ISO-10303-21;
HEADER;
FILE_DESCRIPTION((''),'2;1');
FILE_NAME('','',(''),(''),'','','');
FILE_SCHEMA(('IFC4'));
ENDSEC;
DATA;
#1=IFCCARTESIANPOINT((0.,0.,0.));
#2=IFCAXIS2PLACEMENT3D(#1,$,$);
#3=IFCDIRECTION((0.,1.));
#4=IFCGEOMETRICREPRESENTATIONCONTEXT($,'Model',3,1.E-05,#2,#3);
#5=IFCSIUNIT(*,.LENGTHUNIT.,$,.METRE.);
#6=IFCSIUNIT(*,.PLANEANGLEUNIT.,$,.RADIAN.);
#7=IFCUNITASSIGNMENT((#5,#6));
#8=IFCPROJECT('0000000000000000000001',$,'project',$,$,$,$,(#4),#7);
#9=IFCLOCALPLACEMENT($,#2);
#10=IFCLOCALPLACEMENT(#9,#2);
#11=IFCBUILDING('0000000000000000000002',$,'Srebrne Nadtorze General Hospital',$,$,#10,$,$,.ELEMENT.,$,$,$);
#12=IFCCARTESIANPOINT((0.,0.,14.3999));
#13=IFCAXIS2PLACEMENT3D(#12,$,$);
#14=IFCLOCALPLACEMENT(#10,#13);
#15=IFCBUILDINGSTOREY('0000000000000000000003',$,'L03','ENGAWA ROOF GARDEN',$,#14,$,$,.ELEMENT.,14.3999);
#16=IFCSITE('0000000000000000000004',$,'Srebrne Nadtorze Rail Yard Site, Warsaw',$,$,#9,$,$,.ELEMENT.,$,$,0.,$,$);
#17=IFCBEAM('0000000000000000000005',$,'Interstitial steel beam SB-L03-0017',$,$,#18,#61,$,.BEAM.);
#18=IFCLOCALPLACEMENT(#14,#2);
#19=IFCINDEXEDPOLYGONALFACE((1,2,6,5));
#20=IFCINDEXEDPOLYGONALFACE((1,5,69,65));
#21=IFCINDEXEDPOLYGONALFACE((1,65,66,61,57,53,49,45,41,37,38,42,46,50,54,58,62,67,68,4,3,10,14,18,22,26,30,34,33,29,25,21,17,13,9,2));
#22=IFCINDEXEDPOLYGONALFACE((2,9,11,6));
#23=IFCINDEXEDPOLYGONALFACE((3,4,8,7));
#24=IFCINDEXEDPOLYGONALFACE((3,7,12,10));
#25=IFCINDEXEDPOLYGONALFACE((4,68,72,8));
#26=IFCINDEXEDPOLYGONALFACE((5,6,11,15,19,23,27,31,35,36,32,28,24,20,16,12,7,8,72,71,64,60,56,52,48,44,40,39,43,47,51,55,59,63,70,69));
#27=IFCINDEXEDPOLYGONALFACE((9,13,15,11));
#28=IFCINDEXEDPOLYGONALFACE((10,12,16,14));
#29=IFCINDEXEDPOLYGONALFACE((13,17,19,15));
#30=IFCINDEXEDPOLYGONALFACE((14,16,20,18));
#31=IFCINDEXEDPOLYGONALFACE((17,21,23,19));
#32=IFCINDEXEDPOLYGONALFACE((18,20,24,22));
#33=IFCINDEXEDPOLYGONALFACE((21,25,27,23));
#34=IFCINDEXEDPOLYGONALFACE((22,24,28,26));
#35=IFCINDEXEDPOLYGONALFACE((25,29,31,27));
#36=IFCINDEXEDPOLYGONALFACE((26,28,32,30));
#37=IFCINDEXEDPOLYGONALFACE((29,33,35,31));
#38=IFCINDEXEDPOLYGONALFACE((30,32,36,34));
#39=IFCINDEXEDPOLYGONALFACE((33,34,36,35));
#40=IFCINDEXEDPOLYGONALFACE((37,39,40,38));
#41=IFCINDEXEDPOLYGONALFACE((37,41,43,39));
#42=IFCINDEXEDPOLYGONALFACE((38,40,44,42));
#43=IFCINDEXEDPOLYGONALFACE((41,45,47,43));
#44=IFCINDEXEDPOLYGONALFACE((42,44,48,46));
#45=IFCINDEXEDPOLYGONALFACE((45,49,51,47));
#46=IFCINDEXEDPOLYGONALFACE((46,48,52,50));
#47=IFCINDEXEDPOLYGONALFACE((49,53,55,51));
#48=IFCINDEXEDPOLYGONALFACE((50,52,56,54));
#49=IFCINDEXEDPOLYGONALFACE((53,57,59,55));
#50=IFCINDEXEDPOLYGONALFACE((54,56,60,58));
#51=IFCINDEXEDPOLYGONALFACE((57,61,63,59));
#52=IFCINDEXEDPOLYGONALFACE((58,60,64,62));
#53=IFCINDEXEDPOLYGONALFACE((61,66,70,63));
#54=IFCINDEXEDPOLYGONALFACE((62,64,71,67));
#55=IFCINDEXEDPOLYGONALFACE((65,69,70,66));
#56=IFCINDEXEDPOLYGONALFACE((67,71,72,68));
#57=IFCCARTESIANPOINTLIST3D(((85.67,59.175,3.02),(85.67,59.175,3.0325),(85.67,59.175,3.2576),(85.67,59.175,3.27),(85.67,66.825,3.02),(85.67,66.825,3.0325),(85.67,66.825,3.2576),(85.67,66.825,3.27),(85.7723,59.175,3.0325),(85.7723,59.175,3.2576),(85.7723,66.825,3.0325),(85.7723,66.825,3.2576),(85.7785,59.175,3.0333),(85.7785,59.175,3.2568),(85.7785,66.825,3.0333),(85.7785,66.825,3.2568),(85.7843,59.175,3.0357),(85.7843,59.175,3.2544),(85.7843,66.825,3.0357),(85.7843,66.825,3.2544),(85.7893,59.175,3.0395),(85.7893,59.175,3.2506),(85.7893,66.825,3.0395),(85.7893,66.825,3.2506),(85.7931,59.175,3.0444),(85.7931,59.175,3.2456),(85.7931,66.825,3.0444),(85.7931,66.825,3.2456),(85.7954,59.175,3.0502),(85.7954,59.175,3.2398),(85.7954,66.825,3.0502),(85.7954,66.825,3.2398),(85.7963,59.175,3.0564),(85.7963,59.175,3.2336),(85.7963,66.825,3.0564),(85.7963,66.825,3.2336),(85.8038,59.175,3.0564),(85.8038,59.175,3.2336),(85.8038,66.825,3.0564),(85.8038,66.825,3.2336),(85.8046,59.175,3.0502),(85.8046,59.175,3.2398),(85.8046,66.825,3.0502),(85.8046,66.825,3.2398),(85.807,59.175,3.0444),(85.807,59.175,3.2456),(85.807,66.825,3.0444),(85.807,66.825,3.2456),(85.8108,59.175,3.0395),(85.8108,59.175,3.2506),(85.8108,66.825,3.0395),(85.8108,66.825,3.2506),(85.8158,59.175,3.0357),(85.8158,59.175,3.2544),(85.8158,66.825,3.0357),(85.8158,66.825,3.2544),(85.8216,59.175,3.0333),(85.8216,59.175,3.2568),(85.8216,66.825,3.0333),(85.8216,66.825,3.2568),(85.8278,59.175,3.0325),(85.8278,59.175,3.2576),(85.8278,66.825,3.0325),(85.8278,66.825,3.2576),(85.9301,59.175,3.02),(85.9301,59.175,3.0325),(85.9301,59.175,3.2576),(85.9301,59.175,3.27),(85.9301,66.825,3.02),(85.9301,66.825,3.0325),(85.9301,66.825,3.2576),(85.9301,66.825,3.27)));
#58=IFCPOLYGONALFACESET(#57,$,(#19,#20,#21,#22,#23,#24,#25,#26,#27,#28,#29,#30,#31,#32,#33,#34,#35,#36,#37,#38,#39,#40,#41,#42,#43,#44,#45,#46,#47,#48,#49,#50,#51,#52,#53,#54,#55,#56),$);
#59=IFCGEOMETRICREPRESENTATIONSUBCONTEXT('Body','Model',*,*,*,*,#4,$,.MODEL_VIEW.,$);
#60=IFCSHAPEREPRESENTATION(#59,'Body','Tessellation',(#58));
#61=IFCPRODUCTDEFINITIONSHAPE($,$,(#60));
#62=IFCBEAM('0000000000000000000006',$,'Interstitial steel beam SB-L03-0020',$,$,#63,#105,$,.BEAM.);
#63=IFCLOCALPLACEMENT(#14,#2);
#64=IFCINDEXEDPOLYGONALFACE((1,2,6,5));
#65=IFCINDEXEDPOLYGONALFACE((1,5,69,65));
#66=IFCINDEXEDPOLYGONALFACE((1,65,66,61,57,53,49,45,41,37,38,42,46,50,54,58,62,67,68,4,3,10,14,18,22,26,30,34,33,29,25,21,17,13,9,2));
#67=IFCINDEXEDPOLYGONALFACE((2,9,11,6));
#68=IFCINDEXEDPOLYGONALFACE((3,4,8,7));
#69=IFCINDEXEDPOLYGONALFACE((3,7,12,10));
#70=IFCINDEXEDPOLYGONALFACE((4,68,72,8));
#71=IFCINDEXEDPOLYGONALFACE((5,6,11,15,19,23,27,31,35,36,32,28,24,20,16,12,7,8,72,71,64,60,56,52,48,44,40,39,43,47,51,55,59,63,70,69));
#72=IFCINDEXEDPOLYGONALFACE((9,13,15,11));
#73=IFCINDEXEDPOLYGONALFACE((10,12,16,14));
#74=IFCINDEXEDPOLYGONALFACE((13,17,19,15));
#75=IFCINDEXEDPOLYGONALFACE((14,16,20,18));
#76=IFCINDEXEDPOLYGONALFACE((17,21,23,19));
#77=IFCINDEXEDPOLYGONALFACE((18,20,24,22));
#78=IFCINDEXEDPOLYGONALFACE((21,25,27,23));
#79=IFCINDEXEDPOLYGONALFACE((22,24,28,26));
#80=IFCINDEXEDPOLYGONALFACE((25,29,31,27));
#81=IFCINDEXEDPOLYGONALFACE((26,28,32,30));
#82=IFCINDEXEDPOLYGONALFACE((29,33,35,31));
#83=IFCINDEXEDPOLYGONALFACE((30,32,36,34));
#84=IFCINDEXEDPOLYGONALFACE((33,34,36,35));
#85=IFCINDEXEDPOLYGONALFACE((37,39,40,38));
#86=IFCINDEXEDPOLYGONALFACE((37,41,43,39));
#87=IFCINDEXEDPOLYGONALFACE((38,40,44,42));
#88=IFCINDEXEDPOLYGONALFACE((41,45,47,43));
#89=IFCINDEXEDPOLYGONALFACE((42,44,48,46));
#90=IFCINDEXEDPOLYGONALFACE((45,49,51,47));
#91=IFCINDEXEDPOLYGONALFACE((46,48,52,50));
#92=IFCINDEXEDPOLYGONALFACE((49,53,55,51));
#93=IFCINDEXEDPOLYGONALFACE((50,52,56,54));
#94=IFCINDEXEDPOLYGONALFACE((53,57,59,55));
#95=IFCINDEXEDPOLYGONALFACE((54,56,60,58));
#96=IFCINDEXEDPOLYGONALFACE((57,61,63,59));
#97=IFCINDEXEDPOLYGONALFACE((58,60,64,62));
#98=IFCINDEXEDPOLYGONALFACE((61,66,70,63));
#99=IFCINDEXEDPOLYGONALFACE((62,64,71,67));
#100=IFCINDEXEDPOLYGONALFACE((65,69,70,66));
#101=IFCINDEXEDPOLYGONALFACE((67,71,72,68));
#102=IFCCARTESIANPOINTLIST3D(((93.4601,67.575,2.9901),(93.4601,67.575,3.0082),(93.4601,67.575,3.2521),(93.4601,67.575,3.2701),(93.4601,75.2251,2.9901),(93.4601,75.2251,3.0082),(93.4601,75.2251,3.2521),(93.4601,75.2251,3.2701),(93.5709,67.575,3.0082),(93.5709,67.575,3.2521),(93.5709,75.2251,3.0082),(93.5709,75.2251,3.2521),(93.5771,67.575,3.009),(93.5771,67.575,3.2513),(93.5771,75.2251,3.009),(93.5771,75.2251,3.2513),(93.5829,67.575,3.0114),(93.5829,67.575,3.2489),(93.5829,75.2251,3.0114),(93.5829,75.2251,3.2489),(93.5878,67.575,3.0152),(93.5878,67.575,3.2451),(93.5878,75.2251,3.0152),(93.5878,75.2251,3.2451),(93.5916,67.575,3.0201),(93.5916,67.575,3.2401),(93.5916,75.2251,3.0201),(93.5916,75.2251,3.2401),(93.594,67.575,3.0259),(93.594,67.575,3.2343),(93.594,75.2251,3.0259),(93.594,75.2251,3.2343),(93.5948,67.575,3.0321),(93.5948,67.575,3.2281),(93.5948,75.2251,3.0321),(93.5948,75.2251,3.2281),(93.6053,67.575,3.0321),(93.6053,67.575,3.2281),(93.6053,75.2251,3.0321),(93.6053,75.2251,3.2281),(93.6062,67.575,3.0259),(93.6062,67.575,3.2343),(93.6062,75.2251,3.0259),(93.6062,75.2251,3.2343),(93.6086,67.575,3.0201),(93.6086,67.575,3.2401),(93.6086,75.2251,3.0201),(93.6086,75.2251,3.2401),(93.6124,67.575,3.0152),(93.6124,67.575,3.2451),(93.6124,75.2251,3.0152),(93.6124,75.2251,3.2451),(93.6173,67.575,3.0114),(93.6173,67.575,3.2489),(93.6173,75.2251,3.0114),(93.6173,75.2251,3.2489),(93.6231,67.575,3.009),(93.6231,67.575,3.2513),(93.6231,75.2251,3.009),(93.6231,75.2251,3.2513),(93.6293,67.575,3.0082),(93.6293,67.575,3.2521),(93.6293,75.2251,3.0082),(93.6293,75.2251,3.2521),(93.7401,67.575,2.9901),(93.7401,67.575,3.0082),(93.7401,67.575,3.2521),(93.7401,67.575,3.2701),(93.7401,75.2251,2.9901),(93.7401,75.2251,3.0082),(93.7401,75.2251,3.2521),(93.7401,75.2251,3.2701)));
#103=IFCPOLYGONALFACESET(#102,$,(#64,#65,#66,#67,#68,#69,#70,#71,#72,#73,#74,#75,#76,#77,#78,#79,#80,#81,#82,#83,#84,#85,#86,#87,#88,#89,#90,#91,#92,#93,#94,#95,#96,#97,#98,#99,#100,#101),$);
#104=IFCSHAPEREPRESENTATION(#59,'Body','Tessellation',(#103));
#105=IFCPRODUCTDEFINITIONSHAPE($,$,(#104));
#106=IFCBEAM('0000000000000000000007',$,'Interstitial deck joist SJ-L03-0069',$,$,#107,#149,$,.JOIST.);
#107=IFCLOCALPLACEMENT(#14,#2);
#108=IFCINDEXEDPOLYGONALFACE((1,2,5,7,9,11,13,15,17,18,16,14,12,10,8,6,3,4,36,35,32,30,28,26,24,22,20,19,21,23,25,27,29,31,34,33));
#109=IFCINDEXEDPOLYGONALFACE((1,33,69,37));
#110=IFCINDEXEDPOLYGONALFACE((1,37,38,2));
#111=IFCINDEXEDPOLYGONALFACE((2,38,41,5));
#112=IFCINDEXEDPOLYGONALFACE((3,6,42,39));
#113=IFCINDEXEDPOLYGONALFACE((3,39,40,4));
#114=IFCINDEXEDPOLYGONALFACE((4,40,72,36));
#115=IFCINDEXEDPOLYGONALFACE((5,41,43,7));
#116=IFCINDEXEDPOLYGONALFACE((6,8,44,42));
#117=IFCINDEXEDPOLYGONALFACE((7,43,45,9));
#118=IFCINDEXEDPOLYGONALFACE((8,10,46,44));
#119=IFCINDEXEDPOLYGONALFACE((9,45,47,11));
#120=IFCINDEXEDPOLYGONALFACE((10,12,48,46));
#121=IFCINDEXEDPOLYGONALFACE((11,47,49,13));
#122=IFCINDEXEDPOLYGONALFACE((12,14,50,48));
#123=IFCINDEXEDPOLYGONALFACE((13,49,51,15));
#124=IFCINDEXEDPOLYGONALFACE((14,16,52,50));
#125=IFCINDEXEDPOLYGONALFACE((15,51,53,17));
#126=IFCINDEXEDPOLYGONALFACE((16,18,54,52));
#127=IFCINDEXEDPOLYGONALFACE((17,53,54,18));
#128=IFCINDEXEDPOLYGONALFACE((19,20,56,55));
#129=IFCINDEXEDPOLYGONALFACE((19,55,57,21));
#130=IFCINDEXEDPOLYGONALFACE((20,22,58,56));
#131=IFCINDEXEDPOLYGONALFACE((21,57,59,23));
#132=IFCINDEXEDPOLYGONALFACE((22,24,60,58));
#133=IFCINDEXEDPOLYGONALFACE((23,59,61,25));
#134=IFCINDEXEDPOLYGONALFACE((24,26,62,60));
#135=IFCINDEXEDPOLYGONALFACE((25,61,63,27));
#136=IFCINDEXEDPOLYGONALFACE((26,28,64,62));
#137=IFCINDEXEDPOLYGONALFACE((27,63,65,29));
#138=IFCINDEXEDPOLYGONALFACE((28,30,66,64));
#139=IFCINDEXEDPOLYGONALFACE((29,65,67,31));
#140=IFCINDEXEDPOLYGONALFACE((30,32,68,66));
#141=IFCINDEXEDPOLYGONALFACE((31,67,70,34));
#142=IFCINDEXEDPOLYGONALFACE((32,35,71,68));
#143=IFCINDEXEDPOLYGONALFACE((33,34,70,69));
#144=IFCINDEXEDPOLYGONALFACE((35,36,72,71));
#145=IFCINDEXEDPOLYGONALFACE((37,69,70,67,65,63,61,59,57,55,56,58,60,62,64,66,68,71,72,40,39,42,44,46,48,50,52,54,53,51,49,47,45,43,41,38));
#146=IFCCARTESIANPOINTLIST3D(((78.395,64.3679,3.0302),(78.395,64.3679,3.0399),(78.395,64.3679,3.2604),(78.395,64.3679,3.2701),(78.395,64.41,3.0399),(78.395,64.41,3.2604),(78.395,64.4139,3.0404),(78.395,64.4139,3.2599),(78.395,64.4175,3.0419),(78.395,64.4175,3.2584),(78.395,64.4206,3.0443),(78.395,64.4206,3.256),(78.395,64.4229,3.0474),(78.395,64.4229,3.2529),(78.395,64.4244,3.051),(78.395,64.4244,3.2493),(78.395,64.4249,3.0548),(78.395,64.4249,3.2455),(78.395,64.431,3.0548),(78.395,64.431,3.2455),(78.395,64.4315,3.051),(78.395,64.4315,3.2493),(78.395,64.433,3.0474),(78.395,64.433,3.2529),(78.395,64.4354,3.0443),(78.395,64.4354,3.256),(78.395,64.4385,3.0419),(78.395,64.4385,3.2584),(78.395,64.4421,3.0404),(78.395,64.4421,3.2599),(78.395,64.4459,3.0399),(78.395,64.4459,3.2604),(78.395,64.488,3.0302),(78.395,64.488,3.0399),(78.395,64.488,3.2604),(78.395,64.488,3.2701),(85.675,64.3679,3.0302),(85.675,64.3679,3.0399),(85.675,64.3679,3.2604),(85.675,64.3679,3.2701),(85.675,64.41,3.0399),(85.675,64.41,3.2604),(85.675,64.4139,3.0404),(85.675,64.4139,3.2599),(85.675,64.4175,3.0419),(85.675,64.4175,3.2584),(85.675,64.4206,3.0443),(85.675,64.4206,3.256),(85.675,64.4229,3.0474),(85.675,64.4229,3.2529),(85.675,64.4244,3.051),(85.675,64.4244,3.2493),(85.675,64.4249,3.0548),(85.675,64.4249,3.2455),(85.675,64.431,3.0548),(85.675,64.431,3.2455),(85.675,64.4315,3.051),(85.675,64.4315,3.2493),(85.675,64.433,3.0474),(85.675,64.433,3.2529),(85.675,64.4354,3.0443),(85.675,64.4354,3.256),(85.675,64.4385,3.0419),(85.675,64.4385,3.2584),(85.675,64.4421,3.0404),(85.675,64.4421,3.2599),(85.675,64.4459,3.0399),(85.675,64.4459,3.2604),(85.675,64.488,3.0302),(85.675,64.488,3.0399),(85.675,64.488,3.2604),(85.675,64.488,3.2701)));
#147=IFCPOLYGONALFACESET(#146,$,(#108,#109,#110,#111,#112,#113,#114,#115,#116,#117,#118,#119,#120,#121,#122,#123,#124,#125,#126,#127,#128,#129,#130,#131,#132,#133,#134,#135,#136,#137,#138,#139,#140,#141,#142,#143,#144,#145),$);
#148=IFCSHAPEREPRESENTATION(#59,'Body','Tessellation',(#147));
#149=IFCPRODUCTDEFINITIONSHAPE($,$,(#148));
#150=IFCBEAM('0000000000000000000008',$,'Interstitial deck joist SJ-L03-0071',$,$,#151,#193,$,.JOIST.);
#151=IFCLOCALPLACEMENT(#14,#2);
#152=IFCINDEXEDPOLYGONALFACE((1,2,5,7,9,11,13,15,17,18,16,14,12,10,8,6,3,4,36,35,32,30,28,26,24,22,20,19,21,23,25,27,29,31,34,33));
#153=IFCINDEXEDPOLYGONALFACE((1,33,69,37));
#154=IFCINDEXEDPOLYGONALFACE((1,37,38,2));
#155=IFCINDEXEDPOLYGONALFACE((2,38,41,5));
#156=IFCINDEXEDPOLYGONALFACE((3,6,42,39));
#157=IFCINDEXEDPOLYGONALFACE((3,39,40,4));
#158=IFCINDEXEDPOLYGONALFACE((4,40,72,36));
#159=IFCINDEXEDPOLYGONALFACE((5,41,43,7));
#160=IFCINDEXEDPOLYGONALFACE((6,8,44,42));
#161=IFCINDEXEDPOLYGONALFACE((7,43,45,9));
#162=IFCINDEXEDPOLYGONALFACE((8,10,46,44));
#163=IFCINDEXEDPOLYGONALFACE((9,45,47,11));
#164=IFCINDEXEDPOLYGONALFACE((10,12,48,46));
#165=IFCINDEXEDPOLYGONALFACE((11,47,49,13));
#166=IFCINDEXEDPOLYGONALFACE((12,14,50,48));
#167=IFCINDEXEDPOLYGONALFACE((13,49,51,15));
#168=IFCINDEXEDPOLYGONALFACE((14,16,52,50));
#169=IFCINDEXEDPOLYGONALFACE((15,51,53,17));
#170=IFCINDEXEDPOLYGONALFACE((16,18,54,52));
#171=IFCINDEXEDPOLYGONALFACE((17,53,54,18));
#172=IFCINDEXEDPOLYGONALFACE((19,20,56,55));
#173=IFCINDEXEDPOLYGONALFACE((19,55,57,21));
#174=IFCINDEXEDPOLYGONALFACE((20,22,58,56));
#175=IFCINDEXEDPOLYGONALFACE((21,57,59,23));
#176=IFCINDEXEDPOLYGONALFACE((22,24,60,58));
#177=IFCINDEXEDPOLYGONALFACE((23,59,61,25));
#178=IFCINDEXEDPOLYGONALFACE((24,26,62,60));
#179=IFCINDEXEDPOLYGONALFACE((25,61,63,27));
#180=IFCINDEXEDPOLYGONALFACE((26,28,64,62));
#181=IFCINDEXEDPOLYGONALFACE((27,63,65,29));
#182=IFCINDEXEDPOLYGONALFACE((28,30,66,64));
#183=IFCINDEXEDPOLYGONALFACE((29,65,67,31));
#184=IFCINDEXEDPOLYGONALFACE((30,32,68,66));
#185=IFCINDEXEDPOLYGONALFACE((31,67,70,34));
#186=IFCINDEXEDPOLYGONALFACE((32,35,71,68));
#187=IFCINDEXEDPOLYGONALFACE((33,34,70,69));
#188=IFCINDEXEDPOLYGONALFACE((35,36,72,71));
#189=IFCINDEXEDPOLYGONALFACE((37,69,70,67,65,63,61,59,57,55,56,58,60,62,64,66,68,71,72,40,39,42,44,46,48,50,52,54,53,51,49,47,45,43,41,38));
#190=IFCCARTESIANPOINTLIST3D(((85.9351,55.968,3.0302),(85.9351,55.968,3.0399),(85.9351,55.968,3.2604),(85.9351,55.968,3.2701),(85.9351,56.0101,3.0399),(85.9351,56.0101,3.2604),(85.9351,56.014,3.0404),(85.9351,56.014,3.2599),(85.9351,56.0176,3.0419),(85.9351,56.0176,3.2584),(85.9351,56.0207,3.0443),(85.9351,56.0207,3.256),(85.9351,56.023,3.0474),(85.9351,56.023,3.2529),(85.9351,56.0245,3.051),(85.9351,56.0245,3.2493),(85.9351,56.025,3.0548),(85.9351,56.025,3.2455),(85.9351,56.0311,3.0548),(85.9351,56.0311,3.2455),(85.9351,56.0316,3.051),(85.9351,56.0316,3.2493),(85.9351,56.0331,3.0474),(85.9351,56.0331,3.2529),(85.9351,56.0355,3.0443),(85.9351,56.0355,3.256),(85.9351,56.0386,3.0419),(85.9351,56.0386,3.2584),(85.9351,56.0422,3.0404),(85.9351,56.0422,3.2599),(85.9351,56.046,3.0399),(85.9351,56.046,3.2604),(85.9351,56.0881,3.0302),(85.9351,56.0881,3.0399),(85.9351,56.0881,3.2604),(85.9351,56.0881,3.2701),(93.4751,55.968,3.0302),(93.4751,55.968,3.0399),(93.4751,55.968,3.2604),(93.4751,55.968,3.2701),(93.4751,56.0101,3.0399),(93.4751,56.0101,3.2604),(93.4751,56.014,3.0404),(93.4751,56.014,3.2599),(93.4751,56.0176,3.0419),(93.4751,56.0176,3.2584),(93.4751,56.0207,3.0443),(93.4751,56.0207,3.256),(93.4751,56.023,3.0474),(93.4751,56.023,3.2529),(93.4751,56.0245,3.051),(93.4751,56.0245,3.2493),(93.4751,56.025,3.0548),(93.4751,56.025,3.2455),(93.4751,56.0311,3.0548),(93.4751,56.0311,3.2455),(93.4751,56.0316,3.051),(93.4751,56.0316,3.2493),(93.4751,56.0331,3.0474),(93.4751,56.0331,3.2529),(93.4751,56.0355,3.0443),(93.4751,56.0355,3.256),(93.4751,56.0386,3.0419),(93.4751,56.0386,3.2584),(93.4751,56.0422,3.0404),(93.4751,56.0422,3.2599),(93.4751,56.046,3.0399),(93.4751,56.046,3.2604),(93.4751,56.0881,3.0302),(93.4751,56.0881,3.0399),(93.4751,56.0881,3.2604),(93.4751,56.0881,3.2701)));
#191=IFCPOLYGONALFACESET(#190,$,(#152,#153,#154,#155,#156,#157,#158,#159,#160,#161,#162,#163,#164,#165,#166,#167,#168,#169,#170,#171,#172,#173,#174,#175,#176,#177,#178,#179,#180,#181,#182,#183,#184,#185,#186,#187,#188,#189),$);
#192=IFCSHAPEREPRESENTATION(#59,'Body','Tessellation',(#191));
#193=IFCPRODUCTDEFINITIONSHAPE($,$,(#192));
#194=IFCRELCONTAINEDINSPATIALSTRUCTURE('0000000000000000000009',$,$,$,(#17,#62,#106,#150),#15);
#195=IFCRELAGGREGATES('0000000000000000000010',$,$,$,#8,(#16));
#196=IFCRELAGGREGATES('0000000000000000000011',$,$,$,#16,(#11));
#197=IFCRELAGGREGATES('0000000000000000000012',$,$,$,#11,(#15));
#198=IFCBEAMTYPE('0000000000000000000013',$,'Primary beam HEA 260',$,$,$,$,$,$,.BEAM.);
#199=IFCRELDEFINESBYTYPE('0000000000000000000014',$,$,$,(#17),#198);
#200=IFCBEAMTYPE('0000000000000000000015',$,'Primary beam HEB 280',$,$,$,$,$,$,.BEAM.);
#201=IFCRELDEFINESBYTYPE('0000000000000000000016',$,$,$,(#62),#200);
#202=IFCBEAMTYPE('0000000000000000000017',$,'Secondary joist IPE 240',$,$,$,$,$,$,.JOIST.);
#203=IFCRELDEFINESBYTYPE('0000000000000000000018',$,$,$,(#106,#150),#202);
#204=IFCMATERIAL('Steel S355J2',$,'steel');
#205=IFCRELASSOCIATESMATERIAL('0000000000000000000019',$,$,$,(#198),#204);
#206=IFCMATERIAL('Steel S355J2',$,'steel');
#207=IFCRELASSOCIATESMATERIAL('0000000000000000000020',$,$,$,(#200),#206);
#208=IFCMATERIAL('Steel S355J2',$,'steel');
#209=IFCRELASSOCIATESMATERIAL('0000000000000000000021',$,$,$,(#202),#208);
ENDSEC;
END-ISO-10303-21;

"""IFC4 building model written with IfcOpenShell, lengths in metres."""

from ifc_helpers import new_model, si_unit, direction, frame, origin, origin_2d, place, context, subcontext, project, spatial, i_section, extrude, material, material_profile, profile_set, type_object, element, save


model = new_model("IFC4")

# Units and contexts
model_context = context("Model", 3, precision=1e-05, world=origin(), true_north=direction((0.0, 1.0)))
body_context = subcontext(model_context, "Body", "Model", "MODEL_VIEW")
ifc_project = project(units=[si_unit("LENGTHUNIT", "METRE"), si_unit("PLANEANGLEUNIT", "RADIAN")], contexts=[model_context])

# Site, building, storey
site_placement = place(None, origin())
site = spatial("IfcSite", under=ifc_project, at=site_placement, Name="Srebrne Nadtorze Rail Yard Site, Warsaw", CompositionType="ELEMENT", RefElevation=0.0)
building_placement = place(site_placement, origin())
building = spatial("IfcBuilding", under=site, at=building_placement, Name="Srebrne Nadtorze General Hospital", CompositionType="ELEMENT")
storey_placement = place(building_placement, frame((0.0, 0.0, 14.3999)))
storey = spatial("IfcBuildingStorey", under=building, at=storey_placement, Name="L03", Description="ENGAWA ROOF GARDEN", CompositionType="ELEMENT", Elevation=14.3999)

# Beams
ifc_material_1 = material(Name="Steel S355J2", Category="steel")
ifc_material_profile_1 = material_profile(ifc_material_1, i_section(OverallWidth=0.26, OverallDepth=0.25, WebThickness=0.0076, FlangeThickness=0.0125, FilletRadius=0.0239, at=origin_2d()), Name="HEA-260")
ifc_profile_set_1 = profile_set([ifc_material_profile_1], Name="Steel S355J2")
beam_type_1 = type_object("IfcBeamType", Name="Primary beam HEA 260", PredefinedType="BEAM", material=ifc_profile_set_1)
beam_1_placement = place(storey_placement, frame((85.8, 59.175, 3.145), z_axis=(0.0, 1.0, 0.0), x_axis=(-1.0, 0.0, 0.0)))
element("IfcBeam", 1, at=beam_1_placement, inside=storey, type_object=beam_type_1, Name="Interstitial steel beam SB-L03-0017", PredefinedType="BEAM", context=body_context, shape_type="SweptSolid", body=[
    extrude(i_section(OverallWidth=0.26, OverallDepth=0.25, WebThickness=0.0076, FlangeThickness=0.0125, FilletRadius=0.0239, at=origin_2d()), origin(), (0.0, 0.0, 1.0), 7.6499),
])
ifc_material_2 = material(Name="Steel S355J2", Category="steel")
ifc_material_profile_2 = material_profile(ifc_material_2, i_section(OverallWidth=0.28, OverallDepth=0.28, WebThickness=0.0105, FlangeThickness=0.0181, FilletRadius=0.0239, at=origin_2d()), Name="HEB-280")
ifc_profile_set_2 = profile_set([ifc_material_profile_2], Name="Steel S355J2")
beam_type_2 = type_object("IfcBeamType", Name="Primary beam HEB 280", PredefinedType="BEAM", material=ifc_profile_set_2)
beam_2_placement = place(storey_placement, frame((93.6001, 67.575, 3.1301), z_axis=(0.0, 1.0, 0.0), x_axis=(-1.0, 0.0, 0.0)))
element("IfcBeam", 2, at=beam_2_placement, inside=storey, type_object=beam_type_2, Name="Interstitial steel beam SB-L03-0020", PredefinedType="BEAM", context=body_context, shape_type="SweptSolid", body=[
    extrude(i_section(OverallWidth=0.28, OverallDepth=0.28, WebThickness=0.0105, FlangeThickness=0.0181, FilletRadius=0.0239, at=origin_2d()), origin(), (0.0, 0.0, 1.0), 7.6501),
])
ifc_material_3 = material(Name="Steel S355J2", Category="steel")
ifc_material_profile_3 = material_profile(ifc_material_3, i_section(OverallWidth=0.1201, OverallDepth=0.24, WebThickness=0.0061, FlangeThickness=0.0098, FilletRadius=0.0149, at=origin_2d()), Name="IPE-240")
ifc_profile_set_3 = profile_set([ifc_material_profile_3], Name="Steel S355J2")
beam_type_3 = type_object("IfcBeamType", Name="Secondary joist IPE 240", PredefinedType="JOIST", material=ifc_profile_set_3)
beam_3_placement = place(storey_placement, frame((78.395, 64.428, 3.1501), z_axis=(1.0, 0.0, 0.0), x_axis=(0.0, 1.0, 0.0)))
element("IfcBeam", 3, at=beam_3_placement, inside=storey, type_object=beam_type_3, Name="Interstitial deck joist SJ-L03-0069", PredefinedType="JOIST", context=body_context, shape_type="SweptSolid", body=[
    extrude(i_section(OverallWidth=0.1201, OverallDepth=0.24, WebThickness=0.0061, FlangeThickness=0.0098, FilletRadius=0.0149, at=origin_2d()), origin(), (0.0, 0.0, 1.0), 7.28),
])
beam_4_placement = place(storey_placement, frame((85.9351, 56.0281, 3.1501), z_axis=(1.0, 0.0, 0.0), x_axis=(0.0, 1.0, 0.0)))
element("IfcBeam", 4, at=beam_4_placement, inside=storey, type_object=beam_type_3, Name="Interstitial deck joist SJ-L03-0071", PredefinedType="JOIST", context=body_context, shape_type="SweptSolid", body=[
    extrude(i_section(OverallWidth=0.1201, OverallDepth=0.24, WebThickness=0.0061, FlangeThickness=0.0098, FilletRadius=0.0149, at=origin_2d()), origin(), (0.0, 0.0, 1.0), 7.54),
])

save(model, "model.ifc")
